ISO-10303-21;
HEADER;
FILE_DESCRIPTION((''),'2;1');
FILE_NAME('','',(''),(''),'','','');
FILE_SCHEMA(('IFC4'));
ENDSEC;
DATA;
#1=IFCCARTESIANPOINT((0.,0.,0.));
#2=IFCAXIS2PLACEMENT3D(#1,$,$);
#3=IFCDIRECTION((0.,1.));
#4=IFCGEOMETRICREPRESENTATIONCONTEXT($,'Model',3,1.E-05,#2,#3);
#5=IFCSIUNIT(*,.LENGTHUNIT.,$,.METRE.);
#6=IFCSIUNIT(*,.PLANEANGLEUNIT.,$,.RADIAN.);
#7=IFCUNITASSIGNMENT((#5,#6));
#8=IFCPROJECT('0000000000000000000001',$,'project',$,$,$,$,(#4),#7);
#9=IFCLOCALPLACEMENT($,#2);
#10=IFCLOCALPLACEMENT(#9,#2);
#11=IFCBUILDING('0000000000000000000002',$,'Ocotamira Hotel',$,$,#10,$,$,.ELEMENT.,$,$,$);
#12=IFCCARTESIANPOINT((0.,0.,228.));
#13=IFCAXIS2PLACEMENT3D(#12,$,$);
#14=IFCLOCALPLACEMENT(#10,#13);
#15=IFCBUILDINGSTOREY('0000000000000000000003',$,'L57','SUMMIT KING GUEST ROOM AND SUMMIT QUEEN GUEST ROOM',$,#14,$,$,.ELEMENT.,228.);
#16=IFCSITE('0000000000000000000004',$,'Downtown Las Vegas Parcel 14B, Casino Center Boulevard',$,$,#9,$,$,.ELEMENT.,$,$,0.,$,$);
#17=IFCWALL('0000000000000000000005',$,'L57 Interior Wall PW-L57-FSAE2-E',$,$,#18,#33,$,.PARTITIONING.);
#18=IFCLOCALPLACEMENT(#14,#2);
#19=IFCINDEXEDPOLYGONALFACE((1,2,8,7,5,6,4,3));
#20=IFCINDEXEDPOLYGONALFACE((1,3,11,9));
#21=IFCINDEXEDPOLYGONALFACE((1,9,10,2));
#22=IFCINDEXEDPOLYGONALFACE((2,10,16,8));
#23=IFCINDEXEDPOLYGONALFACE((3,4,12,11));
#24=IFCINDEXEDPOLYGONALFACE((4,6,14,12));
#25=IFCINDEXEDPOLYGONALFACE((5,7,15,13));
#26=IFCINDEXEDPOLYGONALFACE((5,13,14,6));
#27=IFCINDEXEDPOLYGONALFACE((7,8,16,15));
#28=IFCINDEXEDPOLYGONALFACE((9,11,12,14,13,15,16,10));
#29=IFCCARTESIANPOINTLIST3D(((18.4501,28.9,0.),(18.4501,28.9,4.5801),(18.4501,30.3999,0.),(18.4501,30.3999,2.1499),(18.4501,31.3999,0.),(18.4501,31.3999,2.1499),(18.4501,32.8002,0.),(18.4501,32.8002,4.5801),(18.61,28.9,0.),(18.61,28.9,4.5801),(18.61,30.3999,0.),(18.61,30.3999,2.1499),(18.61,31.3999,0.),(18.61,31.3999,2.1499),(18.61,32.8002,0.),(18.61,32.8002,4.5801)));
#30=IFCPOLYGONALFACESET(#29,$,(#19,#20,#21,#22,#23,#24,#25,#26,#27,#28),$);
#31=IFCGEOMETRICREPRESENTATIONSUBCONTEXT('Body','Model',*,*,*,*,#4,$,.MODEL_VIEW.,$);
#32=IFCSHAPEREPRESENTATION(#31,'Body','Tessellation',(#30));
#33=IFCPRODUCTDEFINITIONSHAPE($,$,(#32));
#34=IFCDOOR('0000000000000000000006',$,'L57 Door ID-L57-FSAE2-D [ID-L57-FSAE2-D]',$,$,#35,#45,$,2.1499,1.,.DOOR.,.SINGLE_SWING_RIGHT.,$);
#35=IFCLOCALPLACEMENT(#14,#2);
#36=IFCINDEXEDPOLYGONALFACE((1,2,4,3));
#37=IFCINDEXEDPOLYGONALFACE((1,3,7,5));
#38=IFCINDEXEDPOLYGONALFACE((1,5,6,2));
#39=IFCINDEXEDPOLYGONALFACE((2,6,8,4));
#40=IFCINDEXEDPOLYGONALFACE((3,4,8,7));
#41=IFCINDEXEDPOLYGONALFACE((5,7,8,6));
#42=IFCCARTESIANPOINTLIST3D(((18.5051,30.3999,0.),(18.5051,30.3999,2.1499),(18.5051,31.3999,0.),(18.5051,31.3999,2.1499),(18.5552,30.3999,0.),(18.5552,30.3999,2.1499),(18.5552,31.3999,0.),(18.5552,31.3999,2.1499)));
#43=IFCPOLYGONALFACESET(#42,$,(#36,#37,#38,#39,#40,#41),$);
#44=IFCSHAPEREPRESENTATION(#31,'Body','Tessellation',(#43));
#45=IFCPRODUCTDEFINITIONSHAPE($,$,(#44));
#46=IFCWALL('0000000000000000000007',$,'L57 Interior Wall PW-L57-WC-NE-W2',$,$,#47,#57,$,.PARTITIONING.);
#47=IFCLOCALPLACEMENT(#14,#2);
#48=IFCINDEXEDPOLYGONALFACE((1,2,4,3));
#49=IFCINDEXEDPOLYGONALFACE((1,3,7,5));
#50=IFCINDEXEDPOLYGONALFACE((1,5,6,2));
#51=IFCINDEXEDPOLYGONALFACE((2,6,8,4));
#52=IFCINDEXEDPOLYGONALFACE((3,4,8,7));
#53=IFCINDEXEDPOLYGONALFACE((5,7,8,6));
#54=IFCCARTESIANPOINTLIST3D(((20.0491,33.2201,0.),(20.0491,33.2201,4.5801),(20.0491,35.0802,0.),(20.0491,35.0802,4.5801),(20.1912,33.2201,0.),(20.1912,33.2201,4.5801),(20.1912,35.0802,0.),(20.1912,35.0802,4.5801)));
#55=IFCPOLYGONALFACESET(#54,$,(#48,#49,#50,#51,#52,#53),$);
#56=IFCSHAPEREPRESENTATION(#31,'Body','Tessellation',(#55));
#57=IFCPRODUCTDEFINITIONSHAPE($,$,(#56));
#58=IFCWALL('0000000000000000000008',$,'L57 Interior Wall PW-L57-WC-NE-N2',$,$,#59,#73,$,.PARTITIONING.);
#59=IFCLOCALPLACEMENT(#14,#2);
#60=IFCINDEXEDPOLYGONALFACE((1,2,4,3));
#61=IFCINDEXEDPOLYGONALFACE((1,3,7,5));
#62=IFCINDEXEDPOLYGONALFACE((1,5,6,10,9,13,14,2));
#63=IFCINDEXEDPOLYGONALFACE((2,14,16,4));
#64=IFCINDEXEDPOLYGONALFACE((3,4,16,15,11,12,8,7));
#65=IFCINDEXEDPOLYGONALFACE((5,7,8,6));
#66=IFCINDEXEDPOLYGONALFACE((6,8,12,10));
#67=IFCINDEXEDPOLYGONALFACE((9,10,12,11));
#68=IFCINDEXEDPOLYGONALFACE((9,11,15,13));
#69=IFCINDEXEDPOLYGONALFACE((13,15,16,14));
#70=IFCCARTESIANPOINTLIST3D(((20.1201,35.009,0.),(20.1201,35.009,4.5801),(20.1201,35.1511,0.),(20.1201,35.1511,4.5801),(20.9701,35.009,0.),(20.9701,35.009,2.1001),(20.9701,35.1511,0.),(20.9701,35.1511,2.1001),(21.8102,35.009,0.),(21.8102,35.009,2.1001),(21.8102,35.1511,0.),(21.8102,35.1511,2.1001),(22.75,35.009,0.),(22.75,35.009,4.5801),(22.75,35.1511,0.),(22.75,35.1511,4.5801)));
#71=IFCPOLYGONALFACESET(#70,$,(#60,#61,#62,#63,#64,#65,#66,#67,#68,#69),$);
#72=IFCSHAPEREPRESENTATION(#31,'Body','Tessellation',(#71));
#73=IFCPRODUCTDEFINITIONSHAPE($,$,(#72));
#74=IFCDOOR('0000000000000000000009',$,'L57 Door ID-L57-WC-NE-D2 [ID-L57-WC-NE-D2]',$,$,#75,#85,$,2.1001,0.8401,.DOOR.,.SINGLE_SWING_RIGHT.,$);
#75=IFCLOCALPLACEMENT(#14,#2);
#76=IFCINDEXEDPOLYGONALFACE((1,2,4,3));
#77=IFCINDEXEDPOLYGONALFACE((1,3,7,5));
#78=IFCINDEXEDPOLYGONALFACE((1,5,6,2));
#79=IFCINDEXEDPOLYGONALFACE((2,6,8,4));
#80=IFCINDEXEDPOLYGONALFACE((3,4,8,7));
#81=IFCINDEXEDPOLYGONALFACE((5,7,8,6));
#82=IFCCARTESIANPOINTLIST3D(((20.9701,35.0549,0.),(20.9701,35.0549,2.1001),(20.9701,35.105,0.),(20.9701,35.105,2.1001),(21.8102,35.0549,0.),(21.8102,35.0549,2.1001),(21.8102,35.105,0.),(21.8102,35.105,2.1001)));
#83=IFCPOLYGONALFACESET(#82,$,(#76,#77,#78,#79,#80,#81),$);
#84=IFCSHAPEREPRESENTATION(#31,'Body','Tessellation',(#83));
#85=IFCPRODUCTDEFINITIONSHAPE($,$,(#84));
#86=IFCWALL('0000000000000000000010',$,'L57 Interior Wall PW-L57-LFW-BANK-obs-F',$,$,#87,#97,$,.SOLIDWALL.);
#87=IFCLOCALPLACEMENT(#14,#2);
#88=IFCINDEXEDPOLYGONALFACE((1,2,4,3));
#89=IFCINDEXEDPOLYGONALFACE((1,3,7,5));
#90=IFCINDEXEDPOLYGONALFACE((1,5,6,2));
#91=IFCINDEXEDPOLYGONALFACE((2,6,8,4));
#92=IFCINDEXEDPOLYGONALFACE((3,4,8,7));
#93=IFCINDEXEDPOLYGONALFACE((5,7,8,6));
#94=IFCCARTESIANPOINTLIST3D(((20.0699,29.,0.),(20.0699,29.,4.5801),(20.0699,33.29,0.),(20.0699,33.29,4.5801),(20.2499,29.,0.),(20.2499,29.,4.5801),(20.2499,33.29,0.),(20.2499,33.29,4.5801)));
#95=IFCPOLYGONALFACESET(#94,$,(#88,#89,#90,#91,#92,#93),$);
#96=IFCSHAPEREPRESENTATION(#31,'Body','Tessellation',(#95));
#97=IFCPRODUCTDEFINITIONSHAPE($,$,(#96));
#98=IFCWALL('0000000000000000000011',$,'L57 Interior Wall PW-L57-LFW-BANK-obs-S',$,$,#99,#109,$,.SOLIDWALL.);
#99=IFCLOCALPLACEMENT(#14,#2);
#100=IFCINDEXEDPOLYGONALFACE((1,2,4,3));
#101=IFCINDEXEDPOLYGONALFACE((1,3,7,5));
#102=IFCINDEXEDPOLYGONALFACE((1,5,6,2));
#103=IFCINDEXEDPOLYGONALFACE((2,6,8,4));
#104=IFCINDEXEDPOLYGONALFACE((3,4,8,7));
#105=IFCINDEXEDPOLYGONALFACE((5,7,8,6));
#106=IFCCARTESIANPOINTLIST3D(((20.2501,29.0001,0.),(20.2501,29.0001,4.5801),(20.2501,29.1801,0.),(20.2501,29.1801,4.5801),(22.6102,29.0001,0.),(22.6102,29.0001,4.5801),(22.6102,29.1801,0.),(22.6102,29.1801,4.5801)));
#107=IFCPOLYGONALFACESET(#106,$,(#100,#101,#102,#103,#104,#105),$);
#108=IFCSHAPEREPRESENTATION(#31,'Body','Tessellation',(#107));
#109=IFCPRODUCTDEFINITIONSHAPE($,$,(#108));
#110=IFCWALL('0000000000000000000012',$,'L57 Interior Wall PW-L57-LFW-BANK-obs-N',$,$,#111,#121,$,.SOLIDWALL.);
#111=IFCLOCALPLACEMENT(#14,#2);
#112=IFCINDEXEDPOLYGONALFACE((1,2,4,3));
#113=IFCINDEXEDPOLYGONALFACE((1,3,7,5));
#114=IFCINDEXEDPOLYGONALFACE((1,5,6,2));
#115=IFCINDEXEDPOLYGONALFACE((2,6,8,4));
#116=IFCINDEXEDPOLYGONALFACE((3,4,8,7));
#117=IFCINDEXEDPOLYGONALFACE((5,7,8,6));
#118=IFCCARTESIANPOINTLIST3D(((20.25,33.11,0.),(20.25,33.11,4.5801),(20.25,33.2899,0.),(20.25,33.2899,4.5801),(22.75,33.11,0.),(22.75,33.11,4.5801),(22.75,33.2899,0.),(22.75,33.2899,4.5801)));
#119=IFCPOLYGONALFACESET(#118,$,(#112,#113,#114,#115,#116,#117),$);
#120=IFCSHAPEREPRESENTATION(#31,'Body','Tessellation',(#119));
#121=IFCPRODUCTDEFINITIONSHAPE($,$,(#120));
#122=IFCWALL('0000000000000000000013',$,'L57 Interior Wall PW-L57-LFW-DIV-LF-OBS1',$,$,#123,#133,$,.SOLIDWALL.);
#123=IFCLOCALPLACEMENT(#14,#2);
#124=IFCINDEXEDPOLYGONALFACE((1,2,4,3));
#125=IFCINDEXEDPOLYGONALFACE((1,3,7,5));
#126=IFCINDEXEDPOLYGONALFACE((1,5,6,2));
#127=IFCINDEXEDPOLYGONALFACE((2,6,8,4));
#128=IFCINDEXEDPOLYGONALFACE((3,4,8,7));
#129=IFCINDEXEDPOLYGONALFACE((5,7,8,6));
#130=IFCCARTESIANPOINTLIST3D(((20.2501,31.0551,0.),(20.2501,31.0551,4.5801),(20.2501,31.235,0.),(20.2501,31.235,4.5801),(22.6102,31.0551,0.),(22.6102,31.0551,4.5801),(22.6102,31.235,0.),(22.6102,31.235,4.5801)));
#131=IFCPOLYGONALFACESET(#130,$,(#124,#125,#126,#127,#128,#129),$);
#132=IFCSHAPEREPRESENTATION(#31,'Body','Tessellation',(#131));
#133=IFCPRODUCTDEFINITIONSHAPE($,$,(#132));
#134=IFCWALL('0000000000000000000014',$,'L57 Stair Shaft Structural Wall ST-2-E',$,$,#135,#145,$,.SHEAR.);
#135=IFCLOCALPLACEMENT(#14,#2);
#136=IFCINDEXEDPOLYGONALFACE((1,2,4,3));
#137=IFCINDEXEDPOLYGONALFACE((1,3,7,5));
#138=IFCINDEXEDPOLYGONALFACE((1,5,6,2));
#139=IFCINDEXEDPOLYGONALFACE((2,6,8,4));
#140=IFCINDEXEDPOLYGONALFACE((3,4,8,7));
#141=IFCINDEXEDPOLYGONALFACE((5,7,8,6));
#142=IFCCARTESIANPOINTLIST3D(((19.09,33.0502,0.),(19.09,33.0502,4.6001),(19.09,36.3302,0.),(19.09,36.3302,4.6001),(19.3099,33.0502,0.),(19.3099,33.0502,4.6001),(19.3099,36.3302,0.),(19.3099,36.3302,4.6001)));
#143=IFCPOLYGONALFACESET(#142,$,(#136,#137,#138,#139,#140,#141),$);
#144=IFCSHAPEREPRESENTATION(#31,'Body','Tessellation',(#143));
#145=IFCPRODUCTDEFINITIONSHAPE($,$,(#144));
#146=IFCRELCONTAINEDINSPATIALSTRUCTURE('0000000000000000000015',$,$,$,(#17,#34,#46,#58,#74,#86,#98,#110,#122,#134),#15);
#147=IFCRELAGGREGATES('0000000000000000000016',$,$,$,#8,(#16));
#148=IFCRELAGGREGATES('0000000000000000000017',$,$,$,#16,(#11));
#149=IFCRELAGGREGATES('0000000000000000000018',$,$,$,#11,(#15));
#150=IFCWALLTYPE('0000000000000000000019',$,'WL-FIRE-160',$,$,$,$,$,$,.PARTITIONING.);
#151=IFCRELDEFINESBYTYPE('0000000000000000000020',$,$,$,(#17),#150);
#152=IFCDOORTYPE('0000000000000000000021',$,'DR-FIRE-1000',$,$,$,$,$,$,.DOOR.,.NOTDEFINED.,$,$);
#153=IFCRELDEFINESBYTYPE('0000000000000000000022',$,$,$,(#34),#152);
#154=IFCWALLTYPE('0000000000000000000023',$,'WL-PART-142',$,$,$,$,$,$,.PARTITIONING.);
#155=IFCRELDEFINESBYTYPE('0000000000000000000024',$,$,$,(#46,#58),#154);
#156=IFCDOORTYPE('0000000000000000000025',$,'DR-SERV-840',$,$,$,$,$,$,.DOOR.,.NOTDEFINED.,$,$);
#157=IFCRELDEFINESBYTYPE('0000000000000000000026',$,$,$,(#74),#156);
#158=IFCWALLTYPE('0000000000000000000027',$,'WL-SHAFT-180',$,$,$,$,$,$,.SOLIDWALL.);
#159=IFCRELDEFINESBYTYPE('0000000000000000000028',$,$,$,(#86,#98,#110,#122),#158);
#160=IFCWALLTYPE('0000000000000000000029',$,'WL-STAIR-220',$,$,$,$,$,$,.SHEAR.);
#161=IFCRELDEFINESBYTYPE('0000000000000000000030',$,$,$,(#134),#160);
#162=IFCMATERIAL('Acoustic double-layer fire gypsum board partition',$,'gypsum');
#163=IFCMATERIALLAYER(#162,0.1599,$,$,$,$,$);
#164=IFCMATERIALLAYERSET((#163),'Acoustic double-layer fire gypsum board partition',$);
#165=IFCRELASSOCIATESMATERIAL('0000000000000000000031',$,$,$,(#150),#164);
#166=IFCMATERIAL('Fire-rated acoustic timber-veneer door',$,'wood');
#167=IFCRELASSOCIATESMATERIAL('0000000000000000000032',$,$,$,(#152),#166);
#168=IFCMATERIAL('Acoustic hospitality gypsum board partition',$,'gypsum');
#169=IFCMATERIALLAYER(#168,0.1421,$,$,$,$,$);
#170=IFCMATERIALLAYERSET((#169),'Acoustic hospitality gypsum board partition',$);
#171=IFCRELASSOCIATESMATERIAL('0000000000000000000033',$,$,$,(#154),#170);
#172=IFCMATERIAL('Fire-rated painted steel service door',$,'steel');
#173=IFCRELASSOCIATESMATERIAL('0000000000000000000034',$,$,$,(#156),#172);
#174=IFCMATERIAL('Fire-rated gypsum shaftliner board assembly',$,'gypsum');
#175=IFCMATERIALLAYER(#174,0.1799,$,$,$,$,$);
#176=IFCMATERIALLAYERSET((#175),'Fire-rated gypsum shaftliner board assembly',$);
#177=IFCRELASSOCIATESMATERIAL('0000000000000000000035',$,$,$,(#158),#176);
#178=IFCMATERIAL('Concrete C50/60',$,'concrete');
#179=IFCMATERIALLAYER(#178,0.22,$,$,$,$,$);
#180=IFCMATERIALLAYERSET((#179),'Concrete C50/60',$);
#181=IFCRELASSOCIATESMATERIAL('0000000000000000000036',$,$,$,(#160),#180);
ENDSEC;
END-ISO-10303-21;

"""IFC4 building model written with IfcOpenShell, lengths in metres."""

from ifc_helpers import new_model, si_unit, direction, frame, frame_2d, origin, place, context, subcontext, project, spatial, rectangle, extrude, source, transform, mapped, material, layer, layer_set, type_object, element, fill, save


model = new_model("IFC4")

# Units and contexts
model_context = context("Model", 3, precision=1e-05, world=origin(), true_north=direction((0.0, 1.0)))
body_context = subcontext(model_context, "Body", "Model", "MODEL_VIEW")
ifc_project = project(units=[si_unit("LENGTHUNIT", "METRE"), si_unit("PLANEANGLEUNIT", "RADIAN")], contexts=[model_context])

# Site, building, storey
site_placement = place(None, origin())
site = spatial("IfcSite", under=ifc_project, at=site_placement, Name="Downtown Las Vegas Parcel 14B, Casino Center Boulevard", CompositionType="ELEMENT", RefElevation=0.0)
building_placement = place(site_placement, origin())
building = spatial("IfcBuilding", under=site, at=building_placement, Name="Ocotamira Hotel", CompositionType="ELEMENT")
storey_placement = place(building_placement, frame((0.0, 0.0, 228.0)))
storey = spatial("IfcBuildingStorey", under=building, at=storey_placement, Name="L57", Description="SUMMIT KING GUEST ROOM AND SUMMIT QUEEN GUEST ROOM", CompositionType="ELEMENT", Elevation=228.0)

# Wall, opening, door
ifc_material_1 = material(Name="Acoustic double-layer fire gypsum board partition", Category="gypsum")
ifc_layer_1 = layer(ifc_material_1, 0.1599)
ifc_layer_set_1 = layer_set([ifc_layer_1], Name="Acoustic double-layer fire gypsum board partition")
wall_type_1 = type_object("IfcWallType", Name="WL-FIRE-160", PredefinedType="PARTITIONING", material=ifc_layer_set_1)
wall_1_placement = place(storey_placement, frame((18.53, 28.8999, 0.0), z_axis=(0.0, 0.0, 1.0), x_axis=(0.0, 1.0, 0.0)))
wall_1 = element("IfcWall", 1, at=wall_1_placement, inside=storey, type_object=wall_type_1, Name="L57 Interior Wall PW-L57-FSAE2-E", PredefinedType="PARTITIONING", context=body_context, shape_type="SweptSolid", body=[
    extrude(rectangle(XDim=3.9001, YDim=0.1599, at=frame_2d((1.9502, 0.0))), origin(), (0.0, 0.0, 1.0), 4.5801),
])
opening_1_placement = place(wall_1_placement, frame((1.5, 0.0, 0.0)))
opening_1 = element("IfcOpeningElement", 2, at=opening_1_placement, cuts=wall_1, PredefinedType="OPENING", context=body_context, shape_type="SweptSolid", body=[
    extrude(rectangle(XDim=1.0, YDim=2.1499, at=frame_2d((0.5, 1.075))), frame((0.0, 0.0898, 0.0), z_axis=(0.0, -1.0, 0.0), x_axis=(1.0, 0.0, 0.0)), (0.0, 0.0, 1.0), 0.1799),
])
ifc_material_2 = material(Name="Fire-rated acoustic timber-veneer door", Category="wood")
door_type_1 = type_object("IfcDoorType", Name="DR-FIRE-1000", OperationType="NOTDEFINED", PredefinedType="DOOR", material=ifc_material_2)
shared_shape_1 = source(origin(), body_context, "Body", "SweptSolid", [
    extrude(rectangle(XDim=1.0, YDim=2.1499, at=frame_2d((0.5, 1.075))), frame((0.0, 0.0249, 0.0), z_axis=(0.0, -1.0, 0.0), x_axis=(1.0, 0.0, 0.0)), (0.0, 0.0, 1.0), 0.05),
])
door_1_placement = place(opening_1_placement, origin())
door_1 = element("IfcDoor", 3, at=door_1_placement, inside=storey, type_object=door_type_1, Name="L57 Door ID-L57-FSAE2-D [ID-L57-FSAE2-D]", OperationType="SINGLE_SWING_RIGHT", OverallHeight=2.1499, OverallWidth=1.0, PredefinedType="DOOR", context=body_context, shape_type="MappedRepresentation", body=[
    mapped(shared_shape_1, transform((0.0, 0.0, 0.0), scale=1.0)),
])
fill(opening_1, door_1)

# Wall
ifc_material_3 = material(Name="Acoustic hospitality gypsum board partition", Category="gypsum")
ifc_layer_2 = layer(ifc_material_3, 0.1421)
ifc_layer_set_2 = layer_set([ifc_layer_2], Name="Acoustic hospitality gypsum board partition")
wall_type_2 = type_object("IfcWallType", Name="WL-PART-142", PredefinedType="PARTITIONING", material=ifc_layer_set_2)
wall_2_placement = place(storey_placement, frame((20.1201, 33.22, 0.0), z_axis=(0.0, 0.0, 1.0), x_axis=(0.0, 1.0, 0.0)))
element("IfcWall", 4, at=wall_2_placement, inside=storey, type_object=wall_type_2, Name="L57 Interior Wall PW-L57-WC-NE-W2", PredefinedType="PARTITIONING", context=body_context, shape_type="SweptSolid", body=[
    extrude(rectangle(XDim=1.8601, YDim=0.1421, at=frame_2d((0.9302, 0.0))), origin(), (0.0, 0.0, 1.0), 4.5801),
])

# Wall, opening, door
wall_3_placement = place(storey_placement, frame((20.1201, 35.0801, 0.0), z_axis=(0.0, 0.0, 1.0), x_axis=(1.0, 0.0, 0.0)))
wall_3 = element("IfcWall", 5, at=wall_3_placement, inside=storey, type_object=wall_type_2, Name="L57 Interior Wall PW-L57-WC-NE-N2", PredefinedType="PARTITIONING", context=body_context, shape_type="SweptSolid", body=[
    extrude(rectangle(XDim=2.6299, YDim=0.1421, at=frame_2d((1.3149, 0.0))), origin(), (0.0, 0.0, 1.0), 4.5801),
])
opening_2_placement = place(wall_3_placement, frame((0.8501, 0.0, 0.0)))
opening_2 = element("IfcOpeningElement", 6, at=opening_2_placement, cuts=wall_3, PredefinedType="OPENING", context=body_context, shape_type="SweptSolid", body=[
    extrude(rectangle(XDim=0.8401, YDim=2.1001, at=frame_2d((0.4199, 1.05))), frame((0.0, 0.0811, 0.0), z_axis=(0.0, -1.0, 0.0), x_axis=(1.0, 0.0, 0.0)), (0.0, 0.0, 1.0), 0.1621),
])
ifc_material_4 = material(Name="Fire-rated painted steel service door", Category="steel")
door_type_2 = type_object("IfcDoorType", Name="DR-SERV-840", OperationType="NOTDEFINED", PredefinedType="DOOR", material=ifc_material_4)
shared_shape_2 = source(origin(), body_context, "Body", "SweptSolid", [
    extrude(rectangle(XDim=0.8401, YDim=2.1001, at=frame_2d((0.4199, 1.05))), frame((0.0, 0.0249, 0.0), z_axis=(0.0, -1.0, 0.0), x_axis=(1.0, 0.0, 0.0)), (0.0, 0.0, 1.0), 0.05),
])
door_2_placement = place(opening_2_placement, origin())
door_2 = element("IfcDoor", 7, at=door_2_placement, inside=storey, type_object=door_type_2, Name="L57 Door ID-L57-WC-NE-D2 [ID-L57-WC-NE-D2]", OperationType="SINGLE_SWING_RIGHT", OverallHeight=2.1001, OverallWidth=0.8401, PredefinedType="DOOR", context=body_context, shape_type="MappedRepresentation", body=[
    mapped(shared_shape_2, transform((0.0, 0.0, 0.0), scale=1.0)),
])
fill(opening_2, door_2)

# Walls
ifc_material_5 = material(Name="Fire-rated gypsum shaftliner board assembly", Category="gypsum")
ifc_layer_3 = layer(ifc_material_5, 0.1799)
ifc_layer_set_3 = layer_set([ifc_layer_3], Name="Fire-rated gypsum shaftliner board assembly")
wall_type_3 = type_object("IfcWallType", Name="WL-SHAFT-180", PredefinedType="SOLIDWALL", material=ifc_layer_set_3)
wall_4_placement = place(storey_placement, frame((20.1599, 29.0, 0.0), z_axis=(0.0, 0.0, 1.0), x_axis=(0.0, 1.0, 0.0)))
element("IfcWall", 8, at=wall_4_placement, inside=storey, type_object=wall_type_3, Name="L57 Interior Wall PW-L57-LFW-BANK-obs-F", PredefinedType="SOLIDWALL", context=body_context, shape_type="SweptSolid", body=[
    extrude(rectangle(XDim=4.29, YDim=0.1799, at=frame_2d((2.145, 0.0))), origin(), (0.0, 0.0, 1.0), 4.5801),
])
wall_5_placement = place(storey_placement, frame((20.25, 29.0901, 0.0), z_axis=(0.0, 0.0, 1.0), x_axis=(1.0, 0.0, 0.0)))
element("IfcWall", 9, at=wall_5_placement, inside=storey, type_object=wall_type_3, Name="L57 Interior Wall PW-L57-LFW-BANK-obs-S", PredefinedType="SOLIDWALL", context=body_context, shape_type="SweptSolid", body=[
    extrude(rectangle(XDim=2.3601, YDim=0.1799, at=frame_2d((1.1802, 0.0))), origin(), (0.0, 0.0, 1.0), 4.5801),
])
wall_6_placement = place(storey_placement, frame((20.25, 33.2, 0.0), z_axis=(0.0, 0.0, 1.0), x_axis=(1.0, 0.0, 0.0)))
element("IfcWall", 10, at=wall_6_placement, inside=storey, type_object=wall_type_3, Name="L57 Interior Wall PW-L57-LFW-BANK-obs-N", PredefinedType="SOLIDWALL", context=body_context, shape_type="SweptSolid", body=[
    extrude(rectangle(XDim=2.5, YDim=0.1799, at=frame_2d((1.25, 0.0))), origin(), (0.0, 0.0, 1.0), 4.5801),
])
wall_7_placement = place(storey_placement, frame((20.25, 31.145, 0.0), z_axis=(0.0, 0.0, 1.0), x_axis=(1.0, 0.0, 0.0)))
element("IfcWall", 11, at=wall_7_placement, inside=storey, type_object=wall_type_3, Name="L57 Interior Wall PW-L57-LFW-DIV-LF-OBS1", PredefinedType="SOLIDWALL", context=body_context, shape_type="SweptSolid", body=[
    extrude(rectangle(XDim=2.3601, YDim=0.1799, at=frame_2d((1.1802, 0.0))), origin(), (0.0, 0.0, 1.0), 4.5801),
])
ifc_material_6 = material(Name="Concrete C50/60", Category="concrete")
ifc_layer_4 = layer(ifc_material_6, 0.22)
ifc_layer_set_4 = layer_set([ifc_layer_4], Name="Concrete C50/60")
wall_type_4 = type_object("IfcWallType", Name="WL-STAIR-220", PredefinedType="SHEAR", material=ifc_layer_set_4)
wall_8_placement = place(storey_placement, frame((19.2, 33.05, 0.0), z_axis=(0.0, 0.0, 1.0), x_axis=(0.0, 1.0, 0.0)))
element("IfcWall", 12, at=wall_8_placement, inside=storey, type_object=wall_type_4, Name="L57 Stair Shaft Structural Wall ST-2-E", PredefinedType="SHEAR", context=body_context, shape_type="SweptSolid", body=[
    extrude(rectangle(XDim=3.28, YDim=0.22, at=frame_2d((1.6401, 0.0))), origin(), (0.0, 0.0, 1.0), 4.6001),
])

save(model, "model.ifc")
